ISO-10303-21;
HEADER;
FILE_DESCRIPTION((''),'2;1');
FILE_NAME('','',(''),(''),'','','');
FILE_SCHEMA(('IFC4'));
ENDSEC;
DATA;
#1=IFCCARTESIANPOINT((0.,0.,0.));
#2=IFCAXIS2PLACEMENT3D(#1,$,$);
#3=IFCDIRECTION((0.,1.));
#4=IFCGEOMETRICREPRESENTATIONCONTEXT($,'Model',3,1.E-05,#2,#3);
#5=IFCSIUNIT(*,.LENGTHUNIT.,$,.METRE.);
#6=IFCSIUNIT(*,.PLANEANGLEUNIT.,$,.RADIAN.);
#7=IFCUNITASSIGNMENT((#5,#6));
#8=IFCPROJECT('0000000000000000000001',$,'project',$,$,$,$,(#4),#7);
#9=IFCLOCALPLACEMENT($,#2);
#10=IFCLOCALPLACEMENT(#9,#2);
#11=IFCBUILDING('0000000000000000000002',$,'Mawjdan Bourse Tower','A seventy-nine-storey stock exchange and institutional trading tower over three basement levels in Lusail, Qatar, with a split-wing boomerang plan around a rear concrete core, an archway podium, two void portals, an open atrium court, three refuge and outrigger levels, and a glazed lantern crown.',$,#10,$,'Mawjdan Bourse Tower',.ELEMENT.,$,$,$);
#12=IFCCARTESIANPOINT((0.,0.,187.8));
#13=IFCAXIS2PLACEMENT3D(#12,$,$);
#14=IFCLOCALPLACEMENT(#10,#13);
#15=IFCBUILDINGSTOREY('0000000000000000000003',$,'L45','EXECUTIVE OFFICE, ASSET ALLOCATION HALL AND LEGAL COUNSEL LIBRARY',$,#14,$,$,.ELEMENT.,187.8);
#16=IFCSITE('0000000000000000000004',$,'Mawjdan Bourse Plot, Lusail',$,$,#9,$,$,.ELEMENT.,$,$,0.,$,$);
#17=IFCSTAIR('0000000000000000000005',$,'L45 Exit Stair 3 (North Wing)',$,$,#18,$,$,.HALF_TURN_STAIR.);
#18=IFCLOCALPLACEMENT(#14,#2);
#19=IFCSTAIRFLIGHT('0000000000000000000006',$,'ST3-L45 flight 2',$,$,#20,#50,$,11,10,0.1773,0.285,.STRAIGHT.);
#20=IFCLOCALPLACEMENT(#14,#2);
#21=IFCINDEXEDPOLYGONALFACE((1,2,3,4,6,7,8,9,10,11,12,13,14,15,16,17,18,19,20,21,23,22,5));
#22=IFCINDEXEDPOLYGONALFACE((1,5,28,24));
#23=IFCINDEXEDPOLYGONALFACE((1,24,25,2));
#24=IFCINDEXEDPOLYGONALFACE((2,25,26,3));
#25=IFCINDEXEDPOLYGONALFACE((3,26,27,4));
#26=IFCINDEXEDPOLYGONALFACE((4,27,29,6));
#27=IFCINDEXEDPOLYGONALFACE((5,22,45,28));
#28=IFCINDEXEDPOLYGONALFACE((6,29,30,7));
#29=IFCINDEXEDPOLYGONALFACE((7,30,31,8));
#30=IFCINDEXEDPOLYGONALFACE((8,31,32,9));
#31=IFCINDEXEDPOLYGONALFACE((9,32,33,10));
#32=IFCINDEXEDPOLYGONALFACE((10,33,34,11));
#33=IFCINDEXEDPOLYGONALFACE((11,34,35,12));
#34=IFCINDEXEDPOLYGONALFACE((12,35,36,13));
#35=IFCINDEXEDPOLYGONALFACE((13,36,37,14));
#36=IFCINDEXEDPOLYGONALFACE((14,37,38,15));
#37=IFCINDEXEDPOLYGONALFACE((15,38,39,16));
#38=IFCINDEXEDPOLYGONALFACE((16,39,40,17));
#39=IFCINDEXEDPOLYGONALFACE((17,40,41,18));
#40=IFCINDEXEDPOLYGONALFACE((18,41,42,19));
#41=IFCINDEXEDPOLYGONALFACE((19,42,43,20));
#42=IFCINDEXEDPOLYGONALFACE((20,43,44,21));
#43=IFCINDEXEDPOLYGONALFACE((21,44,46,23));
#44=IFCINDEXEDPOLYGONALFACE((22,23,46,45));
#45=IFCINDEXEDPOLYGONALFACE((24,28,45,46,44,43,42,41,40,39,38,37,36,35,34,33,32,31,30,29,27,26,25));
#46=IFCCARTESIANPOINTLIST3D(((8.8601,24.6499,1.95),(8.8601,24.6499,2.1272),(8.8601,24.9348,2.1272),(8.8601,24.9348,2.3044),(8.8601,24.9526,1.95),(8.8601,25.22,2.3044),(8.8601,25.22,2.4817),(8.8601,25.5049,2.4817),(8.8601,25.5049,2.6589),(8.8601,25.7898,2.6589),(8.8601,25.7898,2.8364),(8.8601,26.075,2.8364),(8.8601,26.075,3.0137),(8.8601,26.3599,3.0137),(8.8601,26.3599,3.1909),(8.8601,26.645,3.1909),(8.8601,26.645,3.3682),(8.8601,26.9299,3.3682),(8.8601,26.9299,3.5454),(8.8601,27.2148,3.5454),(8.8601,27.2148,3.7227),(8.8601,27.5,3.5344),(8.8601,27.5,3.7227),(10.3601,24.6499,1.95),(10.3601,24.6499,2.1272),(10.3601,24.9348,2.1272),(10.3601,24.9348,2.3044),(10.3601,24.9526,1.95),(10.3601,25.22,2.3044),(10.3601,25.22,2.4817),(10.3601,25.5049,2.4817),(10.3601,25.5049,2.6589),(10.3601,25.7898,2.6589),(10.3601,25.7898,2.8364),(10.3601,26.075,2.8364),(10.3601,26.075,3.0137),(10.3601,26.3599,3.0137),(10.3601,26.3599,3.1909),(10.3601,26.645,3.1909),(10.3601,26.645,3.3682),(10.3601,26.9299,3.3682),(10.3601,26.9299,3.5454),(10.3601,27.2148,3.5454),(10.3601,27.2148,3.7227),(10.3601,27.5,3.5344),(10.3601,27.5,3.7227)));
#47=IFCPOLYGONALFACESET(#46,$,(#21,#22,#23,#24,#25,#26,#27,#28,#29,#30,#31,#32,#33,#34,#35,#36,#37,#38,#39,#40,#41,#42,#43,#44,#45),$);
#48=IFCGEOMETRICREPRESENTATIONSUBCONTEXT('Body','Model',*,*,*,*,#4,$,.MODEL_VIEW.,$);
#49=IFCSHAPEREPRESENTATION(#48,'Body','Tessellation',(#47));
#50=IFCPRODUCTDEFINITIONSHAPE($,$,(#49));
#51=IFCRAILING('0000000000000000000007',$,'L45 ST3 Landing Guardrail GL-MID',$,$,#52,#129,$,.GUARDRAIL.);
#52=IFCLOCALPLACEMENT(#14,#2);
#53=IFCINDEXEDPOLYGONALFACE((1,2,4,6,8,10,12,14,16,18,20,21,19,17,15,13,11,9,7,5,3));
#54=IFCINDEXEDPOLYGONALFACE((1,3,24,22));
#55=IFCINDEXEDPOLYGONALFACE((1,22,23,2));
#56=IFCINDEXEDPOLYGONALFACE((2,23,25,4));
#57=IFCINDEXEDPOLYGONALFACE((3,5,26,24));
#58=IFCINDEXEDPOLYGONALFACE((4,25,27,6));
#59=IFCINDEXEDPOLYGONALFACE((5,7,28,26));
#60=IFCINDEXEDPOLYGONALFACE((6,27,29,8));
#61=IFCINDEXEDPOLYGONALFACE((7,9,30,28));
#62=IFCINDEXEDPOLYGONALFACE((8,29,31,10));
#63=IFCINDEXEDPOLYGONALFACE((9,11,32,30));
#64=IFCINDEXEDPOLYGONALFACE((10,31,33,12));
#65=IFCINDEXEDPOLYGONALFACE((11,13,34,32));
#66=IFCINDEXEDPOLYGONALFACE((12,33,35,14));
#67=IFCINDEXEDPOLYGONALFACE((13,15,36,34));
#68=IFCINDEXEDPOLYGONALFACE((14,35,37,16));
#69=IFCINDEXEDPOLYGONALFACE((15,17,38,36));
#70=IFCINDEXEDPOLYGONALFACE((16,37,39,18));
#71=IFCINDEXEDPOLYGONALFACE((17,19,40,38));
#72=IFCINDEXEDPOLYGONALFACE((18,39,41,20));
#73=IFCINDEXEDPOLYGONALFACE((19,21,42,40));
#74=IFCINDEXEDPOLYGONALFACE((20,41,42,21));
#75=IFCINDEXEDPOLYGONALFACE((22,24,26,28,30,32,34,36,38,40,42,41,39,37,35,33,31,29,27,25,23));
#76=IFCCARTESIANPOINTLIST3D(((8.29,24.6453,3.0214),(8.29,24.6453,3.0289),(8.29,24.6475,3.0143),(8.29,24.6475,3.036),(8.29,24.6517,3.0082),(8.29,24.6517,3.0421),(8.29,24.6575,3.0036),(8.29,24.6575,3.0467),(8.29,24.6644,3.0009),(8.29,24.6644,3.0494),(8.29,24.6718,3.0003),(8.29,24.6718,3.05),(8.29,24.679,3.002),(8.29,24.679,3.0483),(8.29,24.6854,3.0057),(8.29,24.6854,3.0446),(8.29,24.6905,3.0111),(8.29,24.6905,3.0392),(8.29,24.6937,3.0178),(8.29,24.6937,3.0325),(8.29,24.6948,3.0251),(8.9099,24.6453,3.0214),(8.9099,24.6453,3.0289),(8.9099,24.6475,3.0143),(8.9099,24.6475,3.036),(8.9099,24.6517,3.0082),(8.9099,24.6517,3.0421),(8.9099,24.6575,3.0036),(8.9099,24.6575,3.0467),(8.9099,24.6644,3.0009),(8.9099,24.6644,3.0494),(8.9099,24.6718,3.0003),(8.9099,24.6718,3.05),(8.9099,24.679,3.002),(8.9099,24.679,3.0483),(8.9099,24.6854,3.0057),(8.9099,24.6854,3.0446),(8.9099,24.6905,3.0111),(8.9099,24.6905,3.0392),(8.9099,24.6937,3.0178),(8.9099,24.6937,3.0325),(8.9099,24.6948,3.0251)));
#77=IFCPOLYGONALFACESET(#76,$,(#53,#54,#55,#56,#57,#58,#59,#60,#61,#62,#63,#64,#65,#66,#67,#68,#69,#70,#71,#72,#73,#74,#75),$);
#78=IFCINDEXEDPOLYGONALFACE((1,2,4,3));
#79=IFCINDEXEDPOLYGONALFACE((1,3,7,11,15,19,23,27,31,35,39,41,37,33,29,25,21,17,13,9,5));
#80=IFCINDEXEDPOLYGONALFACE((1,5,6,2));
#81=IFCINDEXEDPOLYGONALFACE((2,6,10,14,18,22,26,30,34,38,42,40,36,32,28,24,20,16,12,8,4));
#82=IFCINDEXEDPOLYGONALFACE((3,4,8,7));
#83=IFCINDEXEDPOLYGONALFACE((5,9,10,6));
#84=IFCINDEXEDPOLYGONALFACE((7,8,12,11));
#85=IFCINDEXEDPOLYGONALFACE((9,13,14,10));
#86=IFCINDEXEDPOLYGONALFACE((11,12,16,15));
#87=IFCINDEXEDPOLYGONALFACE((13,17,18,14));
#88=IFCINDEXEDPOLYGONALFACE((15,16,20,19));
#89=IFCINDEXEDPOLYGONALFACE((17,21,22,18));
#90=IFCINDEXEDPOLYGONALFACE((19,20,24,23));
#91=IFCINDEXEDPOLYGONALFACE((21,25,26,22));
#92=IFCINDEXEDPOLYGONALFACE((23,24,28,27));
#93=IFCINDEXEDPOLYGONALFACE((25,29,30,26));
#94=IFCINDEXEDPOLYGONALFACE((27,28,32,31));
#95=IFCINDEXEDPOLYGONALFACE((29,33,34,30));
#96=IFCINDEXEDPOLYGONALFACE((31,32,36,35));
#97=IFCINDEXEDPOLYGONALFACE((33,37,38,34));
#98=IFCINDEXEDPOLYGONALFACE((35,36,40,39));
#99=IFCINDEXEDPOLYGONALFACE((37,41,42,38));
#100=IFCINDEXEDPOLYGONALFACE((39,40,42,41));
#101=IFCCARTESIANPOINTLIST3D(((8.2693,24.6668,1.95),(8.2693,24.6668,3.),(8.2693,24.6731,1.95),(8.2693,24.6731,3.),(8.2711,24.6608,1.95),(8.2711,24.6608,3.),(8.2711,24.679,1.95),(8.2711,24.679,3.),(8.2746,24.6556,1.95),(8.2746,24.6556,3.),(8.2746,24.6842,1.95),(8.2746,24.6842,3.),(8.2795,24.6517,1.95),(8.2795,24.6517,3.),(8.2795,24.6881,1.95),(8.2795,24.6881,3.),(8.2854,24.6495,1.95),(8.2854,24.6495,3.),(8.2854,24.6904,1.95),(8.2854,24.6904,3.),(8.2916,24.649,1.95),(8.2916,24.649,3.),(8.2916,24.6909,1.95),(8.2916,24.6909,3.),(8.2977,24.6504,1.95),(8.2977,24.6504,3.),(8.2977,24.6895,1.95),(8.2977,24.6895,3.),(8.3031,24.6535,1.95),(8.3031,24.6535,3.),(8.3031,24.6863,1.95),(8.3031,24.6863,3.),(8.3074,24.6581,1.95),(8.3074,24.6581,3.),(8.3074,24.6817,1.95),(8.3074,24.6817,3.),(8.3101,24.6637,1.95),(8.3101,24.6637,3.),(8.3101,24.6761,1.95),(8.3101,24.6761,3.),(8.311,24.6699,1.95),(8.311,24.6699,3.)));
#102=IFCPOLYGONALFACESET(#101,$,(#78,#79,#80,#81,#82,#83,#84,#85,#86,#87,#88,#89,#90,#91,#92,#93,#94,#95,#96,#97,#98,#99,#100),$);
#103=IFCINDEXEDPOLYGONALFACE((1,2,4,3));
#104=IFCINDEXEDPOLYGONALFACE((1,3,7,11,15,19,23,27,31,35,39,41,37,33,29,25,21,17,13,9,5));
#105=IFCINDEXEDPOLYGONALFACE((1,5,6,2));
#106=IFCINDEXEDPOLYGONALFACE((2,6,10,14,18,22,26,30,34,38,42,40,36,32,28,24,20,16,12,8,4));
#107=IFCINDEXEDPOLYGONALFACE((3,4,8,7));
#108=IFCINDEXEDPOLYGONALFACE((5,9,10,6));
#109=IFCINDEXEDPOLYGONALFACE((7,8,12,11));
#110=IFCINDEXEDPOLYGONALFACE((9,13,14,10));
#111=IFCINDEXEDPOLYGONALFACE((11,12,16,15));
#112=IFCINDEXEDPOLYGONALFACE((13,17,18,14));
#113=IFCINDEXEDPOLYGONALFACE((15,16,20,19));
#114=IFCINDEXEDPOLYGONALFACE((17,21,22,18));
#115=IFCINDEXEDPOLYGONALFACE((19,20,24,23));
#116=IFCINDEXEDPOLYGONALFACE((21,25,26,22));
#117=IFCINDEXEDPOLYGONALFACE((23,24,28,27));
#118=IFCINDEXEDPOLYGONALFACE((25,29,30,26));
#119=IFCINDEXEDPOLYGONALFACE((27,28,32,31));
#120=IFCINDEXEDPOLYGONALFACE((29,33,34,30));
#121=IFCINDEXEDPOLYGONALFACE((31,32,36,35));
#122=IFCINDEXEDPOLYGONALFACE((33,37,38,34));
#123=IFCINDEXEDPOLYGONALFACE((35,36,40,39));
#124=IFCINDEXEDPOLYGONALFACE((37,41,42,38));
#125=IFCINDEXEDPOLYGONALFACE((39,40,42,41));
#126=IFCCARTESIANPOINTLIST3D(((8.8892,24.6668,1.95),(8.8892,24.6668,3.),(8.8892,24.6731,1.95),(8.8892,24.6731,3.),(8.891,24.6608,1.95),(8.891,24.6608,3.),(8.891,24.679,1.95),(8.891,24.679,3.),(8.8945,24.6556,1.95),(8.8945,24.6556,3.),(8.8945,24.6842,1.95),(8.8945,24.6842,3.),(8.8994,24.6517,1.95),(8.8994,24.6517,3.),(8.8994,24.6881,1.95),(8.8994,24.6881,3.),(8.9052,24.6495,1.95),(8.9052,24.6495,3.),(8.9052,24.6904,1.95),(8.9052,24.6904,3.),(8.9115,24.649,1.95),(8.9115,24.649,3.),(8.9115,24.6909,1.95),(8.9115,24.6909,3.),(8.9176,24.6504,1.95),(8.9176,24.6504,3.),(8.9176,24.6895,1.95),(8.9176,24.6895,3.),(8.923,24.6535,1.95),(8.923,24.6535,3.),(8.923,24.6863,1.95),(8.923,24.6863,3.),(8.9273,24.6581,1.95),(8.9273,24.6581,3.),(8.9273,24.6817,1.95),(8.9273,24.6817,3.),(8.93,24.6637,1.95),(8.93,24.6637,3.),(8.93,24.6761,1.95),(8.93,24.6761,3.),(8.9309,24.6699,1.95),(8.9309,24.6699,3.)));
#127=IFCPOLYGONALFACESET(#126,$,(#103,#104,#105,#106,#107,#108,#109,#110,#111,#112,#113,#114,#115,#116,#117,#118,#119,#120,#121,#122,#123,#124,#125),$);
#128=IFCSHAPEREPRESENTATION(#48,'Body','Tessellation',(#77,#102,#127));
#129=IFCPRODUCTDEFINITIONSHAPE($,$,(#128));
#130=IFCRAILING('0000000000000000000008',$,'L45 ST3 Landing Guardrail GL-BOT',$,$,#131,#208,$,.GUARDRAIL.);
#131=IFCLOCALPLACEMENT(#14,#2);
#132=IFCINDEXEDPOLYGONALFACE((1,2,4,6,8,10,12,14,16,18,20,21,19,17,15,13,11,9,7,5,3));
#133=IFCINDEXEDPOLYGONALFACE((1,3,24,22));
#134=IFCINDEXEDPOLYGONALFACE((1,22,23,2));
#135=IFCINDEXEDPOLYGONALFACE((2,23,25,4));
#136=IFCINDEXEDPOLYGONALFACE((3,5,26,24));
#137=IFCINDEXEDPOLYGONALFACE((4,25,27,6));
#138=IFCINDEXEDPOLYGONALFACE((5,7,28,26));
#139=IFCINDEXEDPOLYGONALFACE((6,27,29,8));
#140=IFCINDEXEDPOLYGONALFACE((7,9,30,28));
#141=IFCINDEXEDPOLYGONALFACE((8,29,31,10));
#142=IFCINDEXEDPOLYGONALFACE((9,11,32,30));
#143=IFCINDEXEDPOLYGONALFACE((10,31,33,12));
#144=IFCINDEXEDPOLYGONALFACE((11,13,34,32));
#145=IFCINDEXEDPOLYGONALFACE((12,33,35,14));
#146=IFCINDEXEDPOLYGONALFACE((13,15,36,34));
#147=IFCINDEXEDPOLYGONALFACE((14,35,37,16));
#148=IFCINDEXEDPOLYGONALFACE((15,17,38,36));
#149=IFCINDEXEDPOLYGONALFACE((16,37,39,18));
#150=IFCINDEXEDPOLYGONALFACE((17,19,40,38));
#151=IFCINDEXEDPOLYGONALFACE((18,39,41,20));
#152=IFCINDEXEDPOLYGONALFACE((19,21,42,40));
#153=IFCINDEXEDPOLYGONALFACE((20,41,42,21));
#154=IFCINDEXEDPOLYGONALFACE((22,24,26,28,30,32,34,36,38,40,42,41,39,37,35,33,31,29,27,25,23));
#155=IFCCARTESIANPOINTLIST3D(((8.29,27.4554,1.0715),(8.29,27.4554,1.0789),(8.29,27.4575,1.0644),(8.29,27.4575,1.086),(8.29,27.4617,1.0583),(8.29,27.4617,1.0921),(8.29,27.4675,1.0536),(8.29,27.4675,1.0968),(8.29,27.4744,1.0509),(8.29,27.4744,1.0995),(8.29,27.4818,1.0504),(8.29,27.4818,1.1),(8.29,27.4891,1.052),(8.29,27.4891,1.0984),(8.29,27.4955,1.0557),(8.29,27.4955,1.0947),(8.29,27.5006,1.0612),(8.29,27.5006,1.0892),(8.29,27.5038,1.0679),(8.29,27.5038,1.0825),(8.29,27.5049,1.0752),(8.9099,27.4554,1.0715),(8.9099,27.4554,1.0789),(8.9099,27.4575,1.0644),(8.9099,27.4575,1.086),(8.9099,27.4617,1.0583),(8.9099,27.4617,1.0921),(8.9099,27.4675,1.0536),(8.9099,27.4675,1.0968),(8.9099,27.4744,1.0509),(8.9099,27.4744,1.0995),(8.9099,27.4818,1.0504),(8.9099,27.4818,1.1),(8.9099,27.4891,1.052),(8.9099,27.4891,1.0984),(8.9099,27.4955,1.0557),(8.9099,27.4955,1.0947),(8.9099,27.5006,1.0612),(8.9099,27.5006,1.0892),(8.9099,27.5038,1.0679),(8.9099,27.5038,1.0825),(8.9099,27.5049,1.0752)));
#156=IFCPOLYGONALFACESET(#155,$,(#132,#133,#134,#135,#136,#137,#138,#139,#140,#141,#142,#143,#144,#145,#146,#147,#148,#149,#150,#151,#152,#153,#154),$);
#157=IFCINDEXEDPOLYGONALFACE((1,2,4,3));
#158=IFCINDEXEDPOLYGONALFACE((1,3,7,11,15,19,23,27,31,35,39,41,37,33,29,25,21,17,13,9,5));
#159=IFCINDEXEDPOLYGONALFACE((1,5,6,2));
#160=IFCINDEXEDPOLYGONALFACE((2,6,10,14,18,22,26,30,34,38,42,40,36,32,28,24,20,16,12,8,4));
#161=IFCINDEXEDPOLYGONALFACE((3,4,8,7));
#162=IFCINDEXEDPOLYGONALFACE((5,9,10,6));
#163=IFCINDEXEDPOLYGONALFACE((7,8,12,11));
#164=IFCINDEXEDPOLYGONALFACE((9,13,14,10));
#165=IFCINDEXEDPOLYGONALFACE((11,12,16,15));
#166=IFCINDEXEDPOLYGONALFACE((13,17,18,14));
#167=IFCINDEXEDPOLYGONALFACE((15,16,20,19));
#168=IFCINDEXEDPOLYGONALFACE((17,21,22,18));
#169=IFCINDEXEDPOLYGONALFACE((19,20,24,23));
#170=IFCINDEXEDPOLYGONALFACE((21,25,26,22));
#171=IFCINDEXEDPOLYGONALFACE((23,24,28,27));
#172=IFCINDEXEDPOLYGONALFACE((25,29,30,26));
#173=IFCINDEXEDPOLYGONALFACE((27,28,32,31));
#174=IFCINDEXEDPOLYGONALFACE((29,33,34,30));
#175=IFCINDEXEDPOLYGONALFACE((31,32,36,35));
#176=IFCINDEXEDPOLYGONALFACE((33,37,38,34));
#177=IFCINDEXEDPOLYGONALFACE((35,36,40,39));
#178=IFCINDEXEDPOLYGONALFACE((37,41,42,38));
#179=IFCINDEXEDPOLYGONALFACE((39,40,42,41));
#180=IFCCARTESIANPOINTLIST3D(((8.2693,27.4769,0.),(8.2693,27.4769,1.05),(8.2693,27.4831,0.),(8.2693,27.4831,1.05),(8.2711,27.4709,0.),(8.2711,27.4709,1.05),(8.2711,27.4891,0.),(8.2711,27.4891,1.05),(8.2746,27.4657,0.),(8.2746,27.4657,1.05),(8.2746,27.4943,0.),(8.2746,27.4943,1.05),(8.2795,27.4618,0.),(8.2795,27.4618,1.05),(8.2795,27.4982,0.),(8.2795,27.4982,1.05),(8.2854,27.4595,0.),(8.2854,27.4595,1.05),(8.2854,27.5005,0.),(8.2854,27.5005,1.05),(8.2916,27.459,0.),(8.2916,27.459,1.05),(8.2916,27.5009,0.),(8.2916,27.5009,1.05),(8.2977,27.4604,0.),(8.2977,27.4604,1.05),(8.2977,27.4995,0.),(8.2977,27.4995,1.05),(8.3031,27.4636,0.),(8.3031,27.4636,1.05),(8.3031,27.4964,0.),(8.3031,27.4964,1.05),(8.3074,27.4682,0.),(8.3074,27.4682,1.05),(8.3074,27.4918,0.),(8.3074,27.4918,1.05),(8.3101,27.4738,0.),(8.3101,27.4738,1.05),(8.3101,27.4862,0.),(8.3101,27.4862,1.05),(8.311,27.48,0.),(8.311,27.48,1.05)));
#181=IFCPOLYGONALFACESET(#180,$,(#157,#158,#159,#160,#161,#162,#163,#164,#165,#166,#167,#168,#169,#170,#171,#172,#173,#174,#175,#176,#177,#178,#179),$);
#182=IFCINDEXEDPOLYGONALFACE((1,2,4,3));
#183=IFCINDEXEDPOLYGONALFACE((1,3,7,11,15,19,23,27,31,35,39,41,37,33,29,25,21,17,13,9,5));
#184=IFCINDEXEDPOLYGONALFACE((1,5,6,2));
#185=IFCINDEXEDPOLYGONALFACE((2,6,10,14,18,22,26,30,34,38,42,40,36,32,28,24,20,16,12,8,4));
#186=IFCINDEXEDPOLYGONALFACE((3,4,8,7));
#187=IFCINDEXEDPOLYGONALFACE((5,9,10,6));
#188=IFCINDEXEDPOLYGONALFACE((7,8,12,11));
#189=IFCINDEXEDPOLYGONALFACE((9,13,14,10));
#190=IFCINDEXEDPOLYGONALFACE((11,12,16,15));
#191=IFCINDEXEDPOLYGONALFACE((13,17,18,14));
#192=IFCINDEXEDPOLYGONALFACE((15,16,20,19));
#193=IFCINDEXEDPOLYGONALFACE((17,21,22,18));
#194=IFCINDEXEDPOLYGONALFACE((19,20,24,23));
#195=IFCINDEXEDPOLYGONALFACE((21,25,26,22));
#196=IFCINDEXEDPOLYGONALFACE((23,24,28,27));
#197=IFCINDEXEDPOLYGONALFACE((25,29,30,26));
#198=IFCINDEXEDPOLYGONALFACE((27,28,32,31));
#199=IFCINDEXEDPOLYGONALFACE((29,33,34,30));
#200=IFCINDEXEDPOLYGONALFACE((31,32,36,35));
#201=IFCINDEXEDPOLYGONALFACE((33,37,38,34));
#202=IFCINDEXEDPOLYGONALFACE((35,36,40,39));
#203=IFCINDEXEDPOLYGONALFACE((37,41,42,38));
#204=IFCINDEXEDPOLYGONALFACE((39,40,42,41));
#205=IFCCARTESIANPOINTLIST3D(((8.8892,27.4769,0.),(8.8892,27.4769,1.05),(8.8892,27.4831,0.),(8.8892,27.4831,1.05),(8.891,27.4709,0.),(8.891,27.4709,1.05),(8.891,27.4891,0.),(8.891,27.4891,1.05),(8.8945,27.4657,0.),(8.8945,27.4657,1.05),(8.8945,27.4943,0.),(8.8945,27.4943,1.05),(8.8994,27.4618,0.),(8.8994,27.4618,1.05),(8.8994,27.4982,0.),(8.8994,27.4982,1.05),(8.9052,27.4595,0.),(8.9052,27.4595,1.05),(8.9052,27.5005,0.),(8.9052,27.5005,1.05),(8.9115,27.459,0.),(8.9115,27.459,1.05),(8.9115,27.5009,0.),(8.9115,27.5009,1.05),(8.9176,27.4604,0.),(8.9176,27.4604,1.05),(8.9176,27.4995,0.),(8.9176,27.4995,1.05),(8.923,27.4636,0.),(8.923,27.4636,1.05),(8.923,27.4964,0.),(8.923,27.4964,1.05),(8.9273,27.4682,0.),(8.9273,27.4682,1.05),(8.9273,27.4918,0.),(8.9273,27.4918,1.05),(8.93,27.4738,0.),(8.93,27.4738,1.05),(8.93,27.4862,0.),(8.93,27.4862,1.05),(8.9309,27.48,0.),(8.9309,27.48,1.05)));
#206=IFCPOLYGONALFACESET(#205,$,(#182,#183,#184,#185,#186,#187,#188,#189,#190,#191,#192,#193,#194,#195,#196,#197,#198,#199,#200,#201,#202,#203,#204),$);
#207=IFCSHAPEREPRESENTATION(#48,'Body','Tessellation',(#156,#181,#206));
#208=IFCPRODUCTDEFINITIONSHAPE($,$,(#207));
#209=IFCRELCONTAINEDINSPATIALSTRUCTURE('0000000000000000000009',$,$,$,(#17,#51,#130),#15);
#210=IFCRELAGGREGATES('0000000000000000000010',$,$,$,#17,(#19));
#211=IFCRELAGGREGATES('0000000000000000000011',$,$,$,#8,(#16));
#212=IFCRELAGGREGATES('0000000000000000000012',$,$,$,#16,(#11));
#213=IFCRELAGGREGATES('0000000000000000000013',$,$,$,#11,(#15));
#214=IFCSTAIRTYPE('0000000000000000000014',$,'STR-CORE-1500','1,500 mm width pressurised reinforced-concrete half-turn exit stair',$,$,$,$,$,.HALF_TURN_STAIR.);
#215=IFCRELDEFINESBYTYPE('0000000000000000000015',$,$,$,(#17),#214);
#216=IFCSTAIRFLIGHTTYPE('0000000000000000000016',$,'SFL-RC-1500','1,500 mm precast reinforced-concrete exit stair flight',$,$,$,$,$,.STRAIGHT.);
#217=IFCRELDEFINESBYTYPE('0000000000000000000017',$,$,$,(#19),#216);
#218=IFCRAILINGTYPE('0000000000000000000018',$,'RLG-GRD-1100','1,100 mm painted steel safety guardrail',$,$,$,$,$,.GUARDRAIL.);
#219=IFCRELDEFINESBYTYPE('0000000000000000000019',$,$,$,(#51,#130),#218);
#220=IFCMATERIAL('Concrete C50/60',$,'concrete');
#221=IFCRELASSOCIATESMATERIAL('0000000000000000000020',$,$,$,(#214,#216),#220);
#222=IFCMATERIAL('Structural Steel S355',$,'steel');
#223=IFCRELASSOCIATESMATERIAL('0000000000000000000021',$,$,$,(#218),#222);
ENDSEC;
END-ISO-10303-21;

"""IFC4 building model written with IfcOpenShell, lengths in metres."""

from ifc_helpers import new_model, si_unit, direction, frame, origin, origin_2d, place, context, subcontext, project, spatial, polyline, circle, outline, extrude, material, type_object, element, aggregate, save


model = new_model("IFC4")

# Units and contexts
model_context = context("Model", 3, precision=1e-05, world=origin(), true_north=direction((0.0, 1.0)))
body_context = subcontext(model_context, "Body", "Model", "MODEL_VIEW")
ifc_project = project(units=[si_unit("LENGTHUNIT", "METRE"), si_unit("PLANEANGLEUNIT", "RADIAN")], contexts=[model_context])

# Site, building, storey
site_placement = place(None, origin())
site = spatial("IfcSite", under=ifc_project, at=site_placement, Name="Mawjdan Bourse Plot, Lusail", CompositionType="ELEMENT", RefElevation=0.0)
building_placement = place(site_placement, origin())
building = spatial("IfcBuilding", under=site, at=building_placement, Name="Mawjdan Bourse Tower", Description="A seventy-nine-storey stock exchange and institutional trading tower over three basement levels in Lusail, Qatar, with a split-wing boomerang plan around a rear concrete core, an archway podium, two void portals, an open atrium court, three refuge and outrigger levels, and a glazed lantern crown.", LongName="Mawjdan Bourse Tower", CompositionType="ELEMENT")
storey_placement = place(building_placement, frame((0.0, 0.0, 187.8)))
storey = spatial("IfcBuildingStorey", under=building, at=storey_placement, Name="L45", Description="EXECUTIVE OFFICE, ASSET ALLOCATION HALL AND LEGAL COUNSEL LIBRARY", CompositionType="ELEMENT", Elevation=187.8)

# Shared definitions
ifc_material_1 = material(Name="Structural Steel S355", Category="steel")

# Shared definitions
ifc_material_2 = material(Name="Concrete C50/60", Category="concrete")

# Stair, stair flight
stair_type = type_object("IfcStairType", Name="STR-CORE-1500", Description="1,500 mm width pressurised reinforced-concrete half-turn exit stair", PredefinedType="HALF_TURN_STAIR", material=ifc_material_2)
stair_placement = place(storey_placement, origin())
stair = element("IfcStair", 1, at=stair_placement, inside=storey, type_object=stair_type, Name="L45 Exit Stair 3 (North Wing)", PredefinedType="HALF_TURN_STAIR")
stair_flight_type = type_object("IfcStairFlightType", Name="SFL-RC-1500", Description="1,500 mm precast reinforced-concrete exit stair flight", PredefinedType="STRAIGHT", material=ifc_material_2)
stair_flight_1_placement = place(storey_placement, frame((9.6101, 24.6499, 1.95), z_axis=(0.0, 0.0, 1.0), x_axis=(0.0, 1.0, 0.0)))
stair_flight_1 = element("IfcStairFlight", 2, at=stair_flight_1_placement, type_object=stair_flight_type, Name="ST3-L45 flight 2", NumberOfRisers=11, NumberOfTreads=10, PredefinedType="STRAIGHT", RiserHeight=0.1773, TreadLength=0.285, context=body_context, shape_type="SweptSolid", body=[
    extrude(outline(polyline([(0.0, 0.0), (0.0, 0.1772), (0.2849, 0.1772), (0.2849, 0.3545), (0.5701, 0.3545), (0.5701, 0.5317), (0.855, 0.5317), (0.855, 0.709), (1.1399, 0.709), (1.1399, 0.8865), (1.425, 0.8865), (1.425, 1.0637), (1.71, 1.0637), (1.71, 1.241), (1.9951, 1.241), (1.9951, 1.4182), (2.28, 1.4182), (2.28, 1.5955), (2.5649, 1.5955), (2.5649, 1.7727), (2.8501, 1.7727), (2.8501, 1.95), (2.8501, 1.5845), (0.3027, 0.0), (0.0, 0.0)])), frame((0.0, 0.75, 0.0), z_axis=(0.0, -1.0, 0.0), x_axis=(1.0, 0.0, 0.0)), (0.0, 0.0, 1.0), 1.5),
])
aggregate(stair, [stair_flight_1])

# Railings
railing_type_1 = type_object("IfcRailingType", Name="RLG-GRD-1100", Description="1,100 mm painted steel safety guardrail", PredefinedType="GUARDRAIL", material=ifc_material_1)
for number, where, name in (
    (3, (8.29, 24.6699, 1.95), "L45 ST3 Landing Guardrail GL-MID"),
    (4, (8.29, 27.48, 0.0), "L45 ST3 Landing Guardrail GL-BOT"),
):
    element("IfcRailing", number, at=place(storey_placement, frame(where)), inside=storey, type_object=railing_type_1, Name=name, PredefinedType="GUARDRAIL", context=body_context, shape_type="SweptSolid", body=[
        extrude(circle(Radius=0.0249, at=origin_2d()), frame((0.0, 0.0, 1.0752), z_axis=(1.0, 0.0, 0.0), x_axis=(0.0, 1.0, 0.0)), (0.0, 0.0, 1.0), 0.6199),
        extrude(circle(Radius=0.021, at=origin_2d()), origin(), (0.0, 0.0, 1.0), 1.05),
        extrude(circle(Radius=0.021, at=origin_2d()), frame((0.6199, 0.0, 0.0)), (0.0, 0.0, 1.0), 1.05),
    ])

save(model, "model.ifc")
